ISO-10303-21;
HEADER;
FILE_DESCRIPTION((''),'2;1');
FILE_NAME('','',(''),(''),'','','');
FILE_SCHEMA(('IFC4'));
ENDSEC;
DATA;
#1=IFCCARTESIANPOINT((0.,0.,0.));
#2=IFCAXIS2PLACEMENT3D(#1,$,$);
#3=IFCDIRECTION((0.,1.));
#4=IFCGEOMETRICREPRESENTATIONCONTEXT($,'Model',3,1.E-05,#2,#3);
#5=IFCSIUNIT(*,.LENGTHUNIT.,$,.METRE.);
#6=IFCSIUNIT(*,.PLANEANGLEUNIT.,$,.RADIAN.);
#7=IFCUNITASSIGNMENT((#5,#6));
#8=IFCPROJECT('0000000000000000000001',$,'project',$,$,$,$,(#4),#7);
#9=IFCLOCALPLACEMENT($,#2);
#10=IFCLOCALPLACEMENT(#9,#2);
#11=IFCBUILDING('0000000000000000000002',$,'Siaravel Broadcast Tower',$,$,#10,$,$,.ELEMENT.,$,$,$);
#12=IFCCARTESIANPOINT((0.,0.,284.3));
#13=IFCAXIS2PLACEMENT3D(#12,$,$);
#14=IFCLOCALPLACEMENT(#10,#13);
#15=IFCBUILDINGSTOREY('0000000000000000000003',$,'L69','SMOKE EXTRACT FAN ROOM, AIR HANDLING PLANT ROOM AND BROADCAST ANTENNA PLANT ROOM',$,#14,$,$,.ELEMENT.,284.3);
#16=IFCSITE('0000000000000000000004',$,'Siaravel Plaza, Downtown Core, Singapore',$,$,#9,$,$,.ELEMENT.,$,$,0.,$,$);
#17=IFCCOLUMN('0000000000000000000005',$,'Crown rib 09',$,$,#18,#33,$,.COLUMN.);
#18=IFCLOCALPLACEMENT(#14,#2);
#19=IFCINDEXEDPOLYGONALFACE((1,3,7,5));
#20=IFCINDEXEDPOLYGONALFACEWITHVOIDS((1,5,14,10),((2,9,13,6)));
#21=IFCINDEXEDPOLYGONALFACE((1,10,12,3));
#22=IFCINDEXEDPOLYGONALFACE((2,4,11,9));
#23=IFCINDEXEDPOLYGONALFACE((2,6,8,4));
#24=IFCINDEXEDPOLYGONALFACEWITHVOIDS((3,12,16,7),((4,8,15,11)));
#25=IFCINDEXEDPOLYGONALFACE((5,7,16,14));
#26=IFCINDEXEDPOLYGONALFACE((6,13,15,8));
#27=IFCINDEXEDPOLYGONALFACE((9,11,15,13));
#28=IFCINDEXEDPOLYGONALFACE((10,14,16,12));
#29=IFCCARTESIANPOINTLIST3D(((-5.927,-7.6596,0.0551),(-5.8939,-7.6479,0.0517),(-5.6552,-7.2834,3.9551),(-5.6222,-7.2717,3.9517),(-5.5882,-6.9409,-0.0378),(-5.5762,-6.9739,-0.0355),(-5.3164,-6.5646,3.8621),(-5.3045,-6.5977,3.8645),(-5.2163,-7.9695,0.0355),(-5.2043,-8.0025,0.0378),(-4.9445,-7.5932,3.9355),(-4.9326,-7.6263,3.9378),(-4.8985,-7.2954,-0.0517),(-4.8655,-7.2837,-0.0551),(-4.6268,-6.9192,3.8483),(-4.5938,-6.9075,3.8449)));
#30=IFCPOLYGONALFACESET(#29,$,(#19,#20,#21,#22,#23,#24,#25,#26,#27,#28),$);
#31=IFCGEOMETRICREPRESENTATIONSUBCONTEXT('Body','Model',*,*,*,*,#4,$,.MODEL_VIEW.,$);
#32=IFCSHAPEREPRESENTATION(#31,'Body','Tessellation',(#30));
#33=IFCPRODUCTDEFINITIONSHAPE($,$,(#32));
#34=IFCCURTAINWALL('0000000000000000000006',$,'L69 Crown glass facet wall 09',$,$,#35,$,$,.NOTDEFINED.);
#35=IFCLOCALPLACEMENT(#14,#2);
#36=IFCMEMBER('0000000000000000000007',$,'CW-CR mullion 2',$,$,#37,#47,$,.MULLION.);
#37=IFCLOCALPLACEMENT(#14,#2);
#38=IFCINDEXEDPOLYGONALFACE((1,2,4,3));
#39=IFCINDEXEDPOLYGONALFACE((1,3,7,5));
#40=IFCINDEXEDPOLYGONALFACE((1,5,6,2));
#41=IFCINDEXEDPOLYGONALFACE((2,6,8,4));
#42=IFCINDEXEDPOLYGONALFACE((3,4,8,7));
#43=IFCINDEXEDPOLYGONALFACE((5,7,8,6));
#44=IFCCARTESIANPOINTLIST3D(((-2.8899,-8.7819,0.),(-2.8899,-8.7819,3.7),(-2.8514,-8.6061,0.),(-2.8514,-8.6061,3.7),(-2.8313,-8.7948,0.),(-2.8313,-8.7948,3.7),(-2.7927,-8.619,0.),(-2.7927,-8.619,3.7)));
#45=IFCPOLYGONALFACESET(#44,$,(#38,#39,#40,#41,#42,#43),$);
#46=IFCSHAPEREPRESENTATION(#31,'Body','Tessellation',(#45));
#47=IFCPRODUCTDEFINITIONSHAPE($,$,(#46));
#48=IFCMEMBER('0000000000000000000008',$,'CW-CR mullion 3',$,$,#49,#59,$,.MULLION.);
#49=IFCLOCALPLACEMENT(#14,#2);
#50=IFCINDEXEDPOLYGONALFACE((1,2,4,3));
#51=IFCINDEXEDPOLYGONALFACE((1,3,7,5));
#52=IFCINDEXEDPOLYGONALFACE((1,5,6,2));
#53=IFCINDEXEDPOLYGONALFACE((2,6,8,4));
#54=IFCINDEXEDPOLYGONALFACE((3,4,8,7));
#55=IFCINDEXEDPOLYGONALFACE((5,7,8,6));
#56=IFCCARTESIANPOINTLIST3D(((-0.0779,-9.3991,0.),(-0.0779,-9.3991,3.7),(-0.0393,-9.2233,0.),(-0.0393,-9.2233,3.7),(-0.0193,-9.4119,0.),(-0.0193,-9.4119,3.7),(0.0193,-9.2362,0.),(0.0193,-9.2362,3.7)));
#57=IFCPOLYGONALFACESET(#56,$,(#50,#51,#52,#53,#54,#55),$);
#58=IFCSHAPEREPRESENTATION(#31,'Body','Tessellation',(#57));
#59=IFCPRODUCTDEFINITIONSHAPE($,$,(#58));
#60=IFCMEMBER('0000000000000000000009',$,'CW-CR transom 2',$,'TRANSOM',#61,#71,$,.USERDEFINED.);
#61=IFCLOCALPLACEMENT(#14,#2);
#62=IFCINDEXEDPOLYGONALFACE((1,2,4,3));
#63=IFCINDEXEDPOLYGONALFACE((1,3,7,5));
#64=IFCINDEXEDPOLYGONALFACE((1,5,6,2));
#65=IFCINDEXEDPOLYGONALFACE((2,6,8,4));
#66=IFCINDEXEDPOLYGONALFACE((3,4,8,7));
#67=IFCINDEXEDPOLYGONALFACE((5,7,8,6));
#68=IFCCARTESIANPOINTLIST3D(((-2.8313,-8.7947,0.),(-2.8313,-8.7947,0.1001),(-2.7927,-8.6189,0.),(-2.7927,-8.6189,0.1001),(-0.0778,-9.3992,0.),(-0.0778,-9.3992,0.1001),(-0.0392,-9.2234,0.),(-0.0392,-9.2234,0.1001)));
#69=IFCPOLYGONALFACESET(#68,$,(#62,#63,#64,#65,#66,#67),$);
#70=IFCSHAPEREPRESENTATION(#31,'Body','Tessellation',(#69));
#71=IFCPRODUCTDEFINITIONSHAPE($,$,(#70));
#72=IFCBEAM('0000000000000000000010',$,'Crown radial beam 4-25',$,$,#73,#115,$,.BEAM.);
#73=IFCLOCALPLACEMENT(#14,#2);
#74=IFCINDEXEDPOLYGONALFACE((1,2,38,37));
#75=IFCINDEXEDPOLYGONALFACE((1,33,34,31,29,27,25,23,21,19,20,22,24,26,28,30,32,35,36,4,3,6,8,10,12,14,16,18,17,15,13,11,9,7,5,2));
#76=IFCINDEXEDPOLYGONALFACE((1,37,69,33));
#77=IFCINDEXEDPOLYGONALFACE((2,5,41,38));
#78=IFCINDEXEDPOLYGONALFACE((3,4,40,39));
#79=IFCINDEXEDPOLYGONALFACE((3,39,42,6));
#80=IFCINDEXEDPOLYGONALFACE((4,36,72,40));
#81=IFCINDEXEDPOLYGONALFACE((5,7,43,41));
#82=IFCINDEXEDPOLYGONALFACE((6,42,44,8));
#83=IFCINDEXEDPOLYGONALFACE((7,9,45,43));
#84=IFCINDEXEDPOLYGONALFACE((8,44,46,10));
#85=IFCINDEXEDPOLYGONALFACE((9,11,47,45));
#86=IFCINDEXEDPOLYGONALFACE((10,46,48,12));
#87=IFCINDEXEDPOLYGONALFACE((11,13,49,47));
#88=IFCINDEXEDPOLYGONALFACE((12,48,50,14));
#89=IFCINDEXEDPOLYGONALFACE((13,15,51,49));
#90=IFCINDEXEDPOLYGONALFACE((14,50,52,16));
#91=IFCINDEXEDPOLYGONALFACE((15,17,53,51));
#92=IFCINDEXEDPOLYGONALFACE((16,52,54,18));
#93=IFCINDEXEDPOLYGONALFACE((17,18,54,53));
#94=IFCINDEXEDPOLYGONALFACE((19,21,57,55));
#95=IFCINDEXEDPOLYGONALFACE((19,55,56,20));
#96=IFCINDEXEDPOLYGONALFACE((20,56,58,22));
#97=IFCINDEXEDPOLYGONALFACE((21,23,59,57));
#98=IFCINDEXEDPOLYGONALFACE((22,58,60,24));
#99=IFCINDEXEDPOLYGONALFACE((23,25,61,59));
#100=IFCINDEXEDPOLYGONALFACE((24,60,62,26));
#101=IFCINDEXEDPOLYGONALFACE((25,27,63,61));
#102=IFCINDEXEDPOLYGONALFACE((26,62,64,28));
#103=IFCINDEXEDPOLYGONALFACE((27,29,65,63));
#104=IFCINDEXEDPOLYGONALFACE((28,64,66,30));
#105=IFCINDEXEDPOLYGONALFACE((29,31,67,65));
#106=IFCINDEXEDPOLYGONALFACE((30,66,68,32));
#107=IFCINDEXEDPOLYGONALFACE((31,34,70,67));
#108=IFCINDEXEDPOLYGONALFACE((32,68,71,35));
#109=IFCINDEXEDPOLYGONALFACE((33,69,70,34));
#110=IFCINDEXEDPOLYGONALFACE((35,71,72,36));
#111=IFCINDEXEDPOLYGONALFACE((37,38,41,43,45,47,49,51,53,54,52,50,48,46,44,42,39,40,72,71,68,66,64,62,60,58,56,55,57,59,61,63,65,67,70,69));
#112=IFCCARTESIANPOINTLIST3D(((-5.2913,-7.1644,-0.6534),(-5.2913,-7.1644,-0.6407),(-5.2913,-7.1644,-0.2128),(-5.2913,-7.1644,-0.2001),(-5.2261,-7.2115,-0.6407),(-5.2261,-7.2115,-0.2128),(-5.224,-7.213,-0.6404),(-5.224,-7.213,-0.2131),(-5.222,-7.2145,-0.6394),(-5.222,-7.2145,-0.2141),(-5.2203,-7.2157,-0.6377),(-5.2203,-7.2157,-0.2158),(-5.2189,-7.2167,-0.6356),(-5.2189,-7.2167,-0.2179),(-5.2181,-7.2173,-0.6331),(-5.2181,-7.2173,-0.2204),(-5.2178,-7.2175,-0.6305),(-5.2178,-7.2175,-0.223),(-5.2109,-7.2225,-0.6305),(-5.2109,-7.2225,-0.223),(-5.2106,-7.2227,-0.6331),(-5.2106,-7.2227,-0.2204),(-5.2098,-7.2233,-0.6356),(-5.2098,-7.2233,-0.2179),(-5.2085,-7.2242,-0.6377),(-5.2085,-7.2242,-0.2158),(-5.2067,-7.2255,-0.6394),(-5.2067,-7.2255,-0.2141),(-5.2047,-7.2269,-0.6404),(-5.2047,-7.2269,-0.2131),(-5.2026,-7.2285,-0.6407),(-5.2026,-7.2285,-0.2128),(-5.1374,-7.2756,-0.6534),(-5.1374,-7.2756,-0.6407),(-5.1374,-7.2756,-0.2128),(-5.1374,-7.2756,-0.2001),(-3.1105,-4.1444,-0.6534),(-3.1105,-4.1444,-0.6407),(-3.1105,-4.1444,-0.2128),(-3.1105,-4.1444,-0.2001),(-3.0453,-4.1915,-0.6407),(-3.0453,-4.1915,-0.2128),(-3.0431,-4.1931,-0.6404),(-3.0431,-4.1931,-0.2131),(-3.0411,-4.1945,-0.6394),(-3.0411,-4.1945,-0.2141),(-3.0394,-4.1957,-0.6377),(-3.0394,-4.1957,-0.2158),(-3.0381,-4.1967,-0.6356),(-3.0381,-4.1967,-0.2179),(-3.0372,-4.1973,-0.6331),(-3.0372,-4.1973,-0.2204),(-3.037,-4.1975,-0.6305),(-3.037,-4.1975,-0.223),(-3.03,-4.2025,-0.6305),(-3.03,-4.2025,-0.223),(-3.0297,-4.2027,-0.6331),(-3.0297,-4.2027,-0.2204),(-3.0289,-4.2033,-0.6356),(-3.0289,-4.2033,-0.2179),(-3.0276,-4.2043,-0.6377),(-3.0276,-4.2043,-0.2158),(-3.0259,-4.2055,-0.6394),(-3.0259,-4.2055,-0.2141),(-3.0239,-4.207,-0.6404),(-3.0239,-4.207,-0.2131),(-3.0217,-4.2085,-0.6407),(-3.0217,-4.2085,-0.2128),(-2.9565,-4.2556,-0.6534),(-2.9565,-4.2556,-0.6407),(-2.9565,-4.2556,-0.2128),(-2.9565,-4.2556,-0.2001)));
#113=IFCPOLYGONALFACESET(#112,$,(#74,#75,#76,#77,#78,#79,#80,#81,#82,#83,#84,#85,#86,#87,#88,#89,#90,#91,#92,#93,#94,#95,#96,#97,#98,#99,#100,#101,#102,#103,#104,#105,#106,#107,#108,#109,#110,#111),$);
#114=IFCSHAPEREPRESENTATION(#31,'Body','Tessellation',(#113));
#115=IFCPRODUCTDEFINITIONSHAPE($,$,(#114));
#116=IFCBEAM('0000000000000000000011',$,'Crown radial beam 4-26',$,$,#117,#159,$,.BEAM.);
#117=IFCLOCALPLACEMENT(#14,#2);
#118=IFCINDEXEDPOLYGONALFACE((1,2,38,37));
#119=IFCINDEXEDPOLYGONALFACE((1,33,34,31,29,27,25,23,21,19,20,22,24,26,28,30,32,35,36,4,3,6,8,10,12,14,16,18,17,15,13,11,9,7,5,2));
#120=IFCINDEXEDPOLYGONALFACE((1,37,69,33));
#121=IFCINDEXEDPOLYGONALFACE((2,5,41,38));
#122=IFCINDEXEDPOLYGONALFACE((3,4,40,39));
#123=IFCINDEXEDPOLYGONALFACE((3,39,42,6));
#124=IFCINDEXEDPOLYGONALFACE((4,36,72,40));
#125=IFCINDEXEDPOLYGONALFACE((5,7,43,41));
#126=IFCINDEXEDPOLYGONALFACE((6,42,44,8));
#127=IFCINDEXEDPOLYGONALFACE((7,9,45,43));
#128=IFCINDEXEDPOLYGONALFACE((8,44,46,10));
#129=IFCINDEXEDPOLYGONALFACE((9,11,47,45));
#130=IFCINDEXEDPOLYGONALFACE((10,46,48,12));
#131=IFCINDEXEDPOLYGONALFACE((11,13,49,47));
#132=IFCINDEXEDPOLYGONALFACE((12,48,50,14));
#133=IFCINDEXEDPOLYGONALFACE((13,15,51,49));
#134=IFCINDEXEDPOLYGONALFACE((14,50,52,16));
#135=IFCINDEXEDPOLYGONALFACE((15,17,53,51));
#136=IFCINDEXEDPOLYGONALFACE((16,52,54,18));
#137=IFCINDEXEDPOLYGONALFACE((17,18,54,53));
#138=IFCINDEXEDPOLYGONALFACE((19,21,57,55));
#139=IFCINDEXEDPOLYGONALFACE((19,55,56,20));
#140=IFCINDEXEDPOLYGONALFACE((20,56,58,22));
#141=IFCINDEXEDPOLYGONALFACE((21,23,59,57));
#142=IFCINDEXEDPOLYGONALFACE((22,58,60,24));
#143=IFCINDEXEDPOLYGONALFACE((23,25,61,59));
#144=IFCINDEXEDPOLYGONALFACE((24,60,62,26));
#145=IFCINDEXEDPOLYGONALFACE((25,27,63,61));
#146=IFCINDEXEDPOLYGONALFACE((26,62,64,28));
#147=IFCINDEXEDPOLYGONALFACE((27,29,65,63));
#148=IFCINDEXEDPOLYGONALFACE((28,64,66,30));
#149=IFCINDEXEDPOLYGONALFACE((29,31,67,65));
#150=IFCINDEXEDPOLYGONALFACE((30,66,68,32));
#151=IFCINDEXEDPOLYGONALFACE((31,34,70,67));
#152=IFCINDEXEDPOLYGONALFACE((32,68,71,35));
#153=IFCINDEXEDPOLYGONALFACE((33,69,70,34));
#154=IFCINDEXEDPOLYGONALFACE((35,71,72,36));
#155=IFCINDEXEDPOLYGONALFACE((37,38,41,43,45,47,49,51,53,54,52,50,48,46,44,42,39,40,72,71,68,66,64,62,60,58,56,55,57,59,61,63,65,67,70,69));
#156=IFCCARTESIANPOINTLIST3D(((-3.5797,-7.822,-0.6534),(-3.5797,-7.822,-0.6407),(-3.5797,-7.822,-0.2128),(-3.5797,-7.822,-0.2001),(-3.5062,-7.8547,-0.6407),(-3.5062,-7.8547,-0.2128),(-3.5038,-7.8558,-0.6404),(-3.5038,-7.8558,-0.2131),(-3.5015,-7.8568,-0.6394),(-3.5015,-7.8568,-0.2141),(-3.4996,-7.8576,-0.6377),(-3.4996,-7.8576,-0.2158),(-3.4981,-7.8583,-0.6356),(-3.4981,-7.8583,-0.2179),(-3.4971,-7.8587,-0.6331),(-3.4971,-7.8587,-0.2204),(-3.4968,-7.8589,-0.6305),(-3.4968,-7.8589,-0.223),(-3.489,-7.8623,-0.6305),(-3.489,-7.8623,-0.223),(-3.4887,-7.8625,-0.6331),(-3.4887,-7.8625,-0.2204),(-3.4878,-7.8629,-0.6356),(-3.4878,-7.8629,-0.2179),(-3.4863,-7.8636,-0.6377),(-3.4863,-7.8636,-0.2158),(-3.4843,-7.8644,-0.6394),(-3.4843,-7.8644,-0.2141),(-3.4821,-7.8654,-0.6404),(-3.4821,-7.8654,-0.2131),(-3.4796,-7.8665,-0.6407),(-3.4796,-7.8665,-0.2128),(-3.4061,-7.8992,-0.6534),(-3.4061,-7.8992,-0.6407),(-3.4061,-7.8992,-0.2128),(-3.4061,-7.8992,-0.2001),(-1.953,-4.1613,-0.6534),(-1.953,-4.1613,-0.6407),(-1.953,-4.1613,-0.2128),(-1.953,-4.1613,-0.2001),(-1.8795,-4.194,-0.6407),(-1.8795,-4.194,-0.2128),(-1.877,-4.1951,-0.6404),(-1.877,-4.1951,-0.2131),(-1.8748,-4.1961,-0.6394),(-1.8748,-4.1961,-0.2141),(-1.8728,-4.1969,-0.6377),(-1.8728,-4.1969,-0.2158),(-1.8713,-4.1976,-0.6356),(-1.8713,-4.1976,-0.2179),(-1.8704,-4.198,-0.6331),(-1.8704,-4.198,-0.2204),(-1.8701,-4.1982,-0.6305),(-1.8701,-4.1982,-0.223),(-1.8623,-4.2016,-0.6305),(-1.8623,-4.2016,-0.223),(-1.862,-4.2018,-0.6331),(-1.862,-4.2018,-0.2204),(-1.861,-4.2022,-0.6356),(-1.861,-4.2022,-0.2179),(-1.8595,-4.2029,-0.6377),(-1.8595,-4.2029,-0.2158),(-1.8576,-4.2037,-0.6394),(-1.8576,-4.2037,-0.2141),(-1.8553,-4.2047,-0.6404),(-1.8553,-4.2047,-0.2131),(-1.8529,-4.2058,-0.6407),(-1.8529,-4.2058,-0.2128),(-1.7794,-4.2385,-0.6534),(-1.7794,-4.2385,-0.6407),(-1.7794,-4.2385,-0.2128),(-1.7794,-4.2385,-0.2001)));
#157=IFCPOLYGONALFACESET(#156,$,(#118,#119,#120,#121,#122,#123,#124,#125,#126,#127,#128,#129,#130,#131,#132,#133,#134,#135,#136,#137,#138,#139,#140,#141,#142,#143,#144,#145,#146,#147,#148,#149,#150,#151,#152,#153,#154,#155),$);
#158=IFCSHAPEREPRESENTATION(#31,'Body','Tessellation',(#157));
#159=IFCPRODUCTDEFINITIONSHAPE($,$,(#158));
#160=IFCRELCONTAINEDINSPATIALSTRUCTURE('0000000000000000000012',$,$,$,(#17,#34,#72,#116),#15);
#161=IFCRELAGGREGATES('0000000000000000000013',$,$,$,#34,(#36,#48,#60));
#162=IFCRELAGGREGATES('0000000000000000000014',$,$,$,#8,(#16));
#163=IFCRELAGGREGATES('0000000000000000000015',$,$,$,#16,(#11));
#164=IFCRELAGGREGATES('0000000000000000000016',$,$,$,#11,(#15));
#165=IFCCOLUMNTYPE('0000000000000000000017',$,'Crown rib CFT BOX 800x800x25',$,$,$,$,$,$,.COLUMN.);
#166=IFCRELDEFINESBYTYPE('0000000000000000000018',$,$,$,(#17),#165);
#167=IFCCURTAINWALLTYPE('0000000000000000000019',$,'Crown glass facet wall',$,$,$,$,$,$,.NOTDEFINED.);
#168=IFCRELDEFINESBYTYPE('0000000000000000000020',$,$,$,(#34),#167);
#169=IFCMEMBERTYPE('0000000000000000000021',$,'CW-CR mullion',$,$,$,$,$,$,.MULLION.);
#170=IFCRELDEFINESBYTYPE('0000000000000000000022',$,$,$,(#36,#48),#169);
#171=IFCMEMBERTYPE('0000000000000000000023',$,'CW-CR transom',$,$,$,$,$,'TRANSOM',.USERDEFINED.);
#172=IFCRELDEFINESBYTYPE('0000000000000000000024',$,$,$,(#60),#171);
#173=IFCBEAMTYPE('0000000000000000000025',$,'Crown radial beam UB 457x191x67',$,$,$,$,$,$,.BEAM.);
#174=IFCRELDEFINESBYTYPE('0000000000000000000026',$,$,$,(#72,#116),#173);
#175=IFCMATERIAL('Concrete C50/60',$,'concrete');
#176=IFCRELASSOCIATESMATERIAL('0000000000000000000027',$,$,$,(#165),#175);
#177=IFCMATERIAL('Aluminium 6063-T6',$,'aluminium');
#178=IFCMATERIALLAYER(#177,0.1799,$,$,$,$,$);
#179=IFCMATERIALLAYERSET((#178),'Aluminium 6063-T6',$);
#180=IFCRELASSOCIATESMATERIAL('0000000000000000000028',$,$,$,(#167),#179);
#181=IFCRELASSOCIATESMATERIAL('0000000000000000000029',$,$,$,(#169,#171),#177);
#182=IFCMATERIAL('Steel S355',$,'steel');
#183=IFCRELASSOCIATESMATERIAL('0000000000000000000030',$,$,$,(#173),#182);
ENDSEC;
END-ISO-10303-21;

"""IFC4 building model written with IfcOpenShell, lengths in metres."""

from ifc_helpers import new_model, si_unit, direction, frame, origin, origin_2d, place, context, subcontext, project, spatial, rectangle, hollow_rectangle, i_section, extrude, material, layer, layer_set, material_profile, profile_set, type_object, element, aggregate, save


model = new_model("IFC4")

# Units and contexts
model_context = context("Model", 3, precision=1e-05, world=origin(), true_north=direction((0.0, 1.0)))
body_context = subcontext(model_context, "Body", "Model", "MODEL_VIEW")
ifc_project = project(units=[si_unit("LENGTHUNIT", "METRE"), si_unit("PLANEANGLEUNIT", "RADIAN")], contexts=[model_context])

# Site, building, storey
site_placement = place(None, origin())
site = spatial("IfcSite", under=ifc_project, at=site_placement, Name="Siaravel Plaza, Downtown Core, Singapore", CompositionType="ELEMENT", RefElevation=0.0)
building_placement = place(site_placement, origin())
building = spatial("IfcBuilding", under=site, at=building_placement, Name="Siaravel Broadcast Tower", CompositionType="ELEMENT")
storey_placement = place(building_placement, frame((0.0, 0.0, 284.3)))
storey = spatial("IfcBuildingStorey", under=building, at=storey_placement, Name="L69", Description="SMOKE EXTRACT FAN ROOM, AIR HANDLING PLANT ROOM AND BROADCAST ANTENNA PLANT ROOM", CompositionType="ELEMENT", Elevation=284.3)

# Column
ifc_material_1 = material(Name="Concrete C50/60", Category="concrete")
ifc_material_profile_1 = material_profile(ifc_material_1, hollow_rectangle(XDim=0.8, YDim=0.8, WallThickness=0.0249, at=origin_2d()))
ifc_profile_set_1 = profile_set([ifc_material_profile_1], Name="Concrete C50/60")
column_type = type_object("IfcColumnType", Name="Crown rib CFT BOX 800x800x25", PredefinedType="COLUMN", material=ifc_profile_set_1)
column_placement = place(storey_placement, frame((-5.3962, -7.4717, 0.0), z_axis=(0.069188, 0.095793, 0.992994), x_axis=(-0.903251, 0.428569, 0.021591)))
element("IfcColumn", 1, at=column_placement, inside=storey, type_object=column_type, Name="Crown rib 09", PredefinedType="COLUMN", context=body_context, shape_type="SweptSolid", body=[
    extrude(hollow_rectangle(XDim=0.8, YDim=0.8, WallThickness=0.0249, at=origin_2d()), origin(), (0.0, 0.0, 1.0), 3.9275),
])

# Curtain wall, members
ifc_material_2 = material(Name="Aluminium 6063-T6", Category="aluminium")
ifc_layer_1 = layer(ifc_material_2, 0.1799)
ifc_layer_set_1 = layer_set([ifc_layer_1], Name="Aluminium 6063-T6")
curtain_wall_type = type_object("IfcCurtainWallType", Name="Crown glass facet wall", PredefinedType="NOTDEFINED", material=ifc_layer_set_1)
curtain_wall_placement = place(storey_placement, origin())
curtain_wall = element("IfcCurtainWall", 2, at=curtain_wall_placement, inside=storey, type_object=curtain_wall_type, Name="L69 Crown glass facet wall 09", PredefinedType="NOTDEFINED")
ifc_material_profile_2 = material_profile(ifc_material_2, rectangle(XDim=0.1799, YDim=0.0601, at=origin_2d()))
ifc_profile_set_2 = profile_set([ifc_material_profile_2], Name="Aluminium 6063-T6")
member_type_1 = type_object("IfcMemberType", Name="CW-CR mullion", PredefinedType="MULLION", material=ifc_profile_set_2)
member_1_placement = place(storey_placement, frame((-2.8413, -8.7004, 0.0), z_axis=(0.0, 0.0, 1.0), x_axis=(0.214396, 0.976747, 0.0)))
member_1 = element("IfcMember", 3, at=member_1_placement, type_object=member_type_1, Name="CW-CR mullion 2", PredefinedType="MULLION", context=body_context, shape_type="SweptSolid", body=[
    extrude(rectangle(XDim=0.1799, YDim=0.0601, at=origin_2d()), origin(), (0.0, 0.0, 1.0), 3.7),
])
member_2_placement = place(storey_placement, frame((-0.0293, -9.3176, 0.0), z_axis=(0.0, 0.0, 1.0), x_axis=(0.214396, 0.976747, 0.0)))
member_2 = element("IfcMember", 4, at=member_2_placement, type_object=member_type_1, Name="CW-CR mullion 3", PredefinedType="MULLION", context=body_context, shape_type="SweptSolid", body=[
    extrude(rectangle(XDim=0.1799, YDim=0.0601, at=origin_2d()), origin(), (0.0, 0.0, 1.0), 3.7),
])
ifc_material_profile_3 = material_profile(ifc_material_2, rectangle(XDim=0.1799, YDim=0.1001, at=origin_2d()))
ifc_profile_set_3 = profile_set([ifc_material_profile_3], Name="Aluminium 6063-T6")
member_type_2 = type_object("IfcMemberType", Name="CW-CR transom", ElementType="TRANSOM", PredefinedType="USERDEFINED", material=ifc_profile_set_3)
member_3_placement = place(storey_placement, frame((-2.812, -8.7068, 0.05), z_axis=(0.976738, -0.214436, 0.0), x_axis=(0.214436, 0.976738, 0.0)))
member_3 = element("IfcMember", 5, at=member_3_placement, type_object=member_type_2, Name="CW-CR transom 2", ObjectType="TRANSOM", PredefinedType="USERDEFINED", context=body_context, shape_type="SweptSolid", body=[
    extrude(rectangle(XDim=0.1799, YDim=0.1001, at=origin_2d()), origin(), (0.0, 0.0, 1.0), 2.8191),
])

# Beams
ifc_material_3 = material(Name="Steel S355", Category="steel")
ifc_material_profile_4 = material_profile(ifc_material_3, i_section(OverallWidth=0.1899, OverallDepth=0.4534, WebThickness=0.0085, FlangeThickness=0.0127, FilletRadius=0.0103, at=origin_2d()))
ifc_profile_set_4 = profile_set([ifc_material_profile_4], Name="Steel S355")
beam_type_1 = type_object("IfcBeamType", Name="Crown radial beam UB 457x191x67", PredefinedType="BEAM", material=ifc_profile_set_4)
beam_1_placement = place(storey_placement, frame((-5.2144, -7.22, -0.4268), z_axis=(0.585452, 0.810707, 0.0), x_axis=(-0.810707, 0.585452, 0.0)))
element("IfcBeam", 6, at=beam_1_placement, inside=storey, type_object=beam_type_1, Name="Crown radial beam 4-25", PredefinedType="BEAM", context=body_context, shape_type="SweptSolid", body=[
    extrude(i_section(OverallWidth=0.1899, OverallDepth=0.4534, WebThickness=0.0085, FlangeThickness=0.0127, FilletRadius=0.0103, at=origin_2d()), origin(), (0.0, 0.0, 1.0), 3.7251),
])
beam_2_placement = place(storey_placement, frame((-3.4929, -7.8606, -0.4268), z_axis=(0.406088, 0.913834, 0.0), x_axis=(-0.913834, 0.406088, 0.0)))
element("IfcBeam", 7, at=beam_2_placement, inside=storey, type_object=beam_type_1, Name="Crown radial beam 4-26", PredefinedType="BEAM", context=body_context, shape_type="SweptSolid", body=[
    extrude(i_section(OverallWidth=0.1899, OverallDepth=0.4534, WebThickness=0.0085, FlangeThickness=0.0127, FilletRadius=0.0103, at=origin_2d()), origin(), (0.0, 0.0, 1.0), 4.0059),
])

aggregate(curtain_wall, [member_1, member_2, member_3])

save(model, "model.ifc")
